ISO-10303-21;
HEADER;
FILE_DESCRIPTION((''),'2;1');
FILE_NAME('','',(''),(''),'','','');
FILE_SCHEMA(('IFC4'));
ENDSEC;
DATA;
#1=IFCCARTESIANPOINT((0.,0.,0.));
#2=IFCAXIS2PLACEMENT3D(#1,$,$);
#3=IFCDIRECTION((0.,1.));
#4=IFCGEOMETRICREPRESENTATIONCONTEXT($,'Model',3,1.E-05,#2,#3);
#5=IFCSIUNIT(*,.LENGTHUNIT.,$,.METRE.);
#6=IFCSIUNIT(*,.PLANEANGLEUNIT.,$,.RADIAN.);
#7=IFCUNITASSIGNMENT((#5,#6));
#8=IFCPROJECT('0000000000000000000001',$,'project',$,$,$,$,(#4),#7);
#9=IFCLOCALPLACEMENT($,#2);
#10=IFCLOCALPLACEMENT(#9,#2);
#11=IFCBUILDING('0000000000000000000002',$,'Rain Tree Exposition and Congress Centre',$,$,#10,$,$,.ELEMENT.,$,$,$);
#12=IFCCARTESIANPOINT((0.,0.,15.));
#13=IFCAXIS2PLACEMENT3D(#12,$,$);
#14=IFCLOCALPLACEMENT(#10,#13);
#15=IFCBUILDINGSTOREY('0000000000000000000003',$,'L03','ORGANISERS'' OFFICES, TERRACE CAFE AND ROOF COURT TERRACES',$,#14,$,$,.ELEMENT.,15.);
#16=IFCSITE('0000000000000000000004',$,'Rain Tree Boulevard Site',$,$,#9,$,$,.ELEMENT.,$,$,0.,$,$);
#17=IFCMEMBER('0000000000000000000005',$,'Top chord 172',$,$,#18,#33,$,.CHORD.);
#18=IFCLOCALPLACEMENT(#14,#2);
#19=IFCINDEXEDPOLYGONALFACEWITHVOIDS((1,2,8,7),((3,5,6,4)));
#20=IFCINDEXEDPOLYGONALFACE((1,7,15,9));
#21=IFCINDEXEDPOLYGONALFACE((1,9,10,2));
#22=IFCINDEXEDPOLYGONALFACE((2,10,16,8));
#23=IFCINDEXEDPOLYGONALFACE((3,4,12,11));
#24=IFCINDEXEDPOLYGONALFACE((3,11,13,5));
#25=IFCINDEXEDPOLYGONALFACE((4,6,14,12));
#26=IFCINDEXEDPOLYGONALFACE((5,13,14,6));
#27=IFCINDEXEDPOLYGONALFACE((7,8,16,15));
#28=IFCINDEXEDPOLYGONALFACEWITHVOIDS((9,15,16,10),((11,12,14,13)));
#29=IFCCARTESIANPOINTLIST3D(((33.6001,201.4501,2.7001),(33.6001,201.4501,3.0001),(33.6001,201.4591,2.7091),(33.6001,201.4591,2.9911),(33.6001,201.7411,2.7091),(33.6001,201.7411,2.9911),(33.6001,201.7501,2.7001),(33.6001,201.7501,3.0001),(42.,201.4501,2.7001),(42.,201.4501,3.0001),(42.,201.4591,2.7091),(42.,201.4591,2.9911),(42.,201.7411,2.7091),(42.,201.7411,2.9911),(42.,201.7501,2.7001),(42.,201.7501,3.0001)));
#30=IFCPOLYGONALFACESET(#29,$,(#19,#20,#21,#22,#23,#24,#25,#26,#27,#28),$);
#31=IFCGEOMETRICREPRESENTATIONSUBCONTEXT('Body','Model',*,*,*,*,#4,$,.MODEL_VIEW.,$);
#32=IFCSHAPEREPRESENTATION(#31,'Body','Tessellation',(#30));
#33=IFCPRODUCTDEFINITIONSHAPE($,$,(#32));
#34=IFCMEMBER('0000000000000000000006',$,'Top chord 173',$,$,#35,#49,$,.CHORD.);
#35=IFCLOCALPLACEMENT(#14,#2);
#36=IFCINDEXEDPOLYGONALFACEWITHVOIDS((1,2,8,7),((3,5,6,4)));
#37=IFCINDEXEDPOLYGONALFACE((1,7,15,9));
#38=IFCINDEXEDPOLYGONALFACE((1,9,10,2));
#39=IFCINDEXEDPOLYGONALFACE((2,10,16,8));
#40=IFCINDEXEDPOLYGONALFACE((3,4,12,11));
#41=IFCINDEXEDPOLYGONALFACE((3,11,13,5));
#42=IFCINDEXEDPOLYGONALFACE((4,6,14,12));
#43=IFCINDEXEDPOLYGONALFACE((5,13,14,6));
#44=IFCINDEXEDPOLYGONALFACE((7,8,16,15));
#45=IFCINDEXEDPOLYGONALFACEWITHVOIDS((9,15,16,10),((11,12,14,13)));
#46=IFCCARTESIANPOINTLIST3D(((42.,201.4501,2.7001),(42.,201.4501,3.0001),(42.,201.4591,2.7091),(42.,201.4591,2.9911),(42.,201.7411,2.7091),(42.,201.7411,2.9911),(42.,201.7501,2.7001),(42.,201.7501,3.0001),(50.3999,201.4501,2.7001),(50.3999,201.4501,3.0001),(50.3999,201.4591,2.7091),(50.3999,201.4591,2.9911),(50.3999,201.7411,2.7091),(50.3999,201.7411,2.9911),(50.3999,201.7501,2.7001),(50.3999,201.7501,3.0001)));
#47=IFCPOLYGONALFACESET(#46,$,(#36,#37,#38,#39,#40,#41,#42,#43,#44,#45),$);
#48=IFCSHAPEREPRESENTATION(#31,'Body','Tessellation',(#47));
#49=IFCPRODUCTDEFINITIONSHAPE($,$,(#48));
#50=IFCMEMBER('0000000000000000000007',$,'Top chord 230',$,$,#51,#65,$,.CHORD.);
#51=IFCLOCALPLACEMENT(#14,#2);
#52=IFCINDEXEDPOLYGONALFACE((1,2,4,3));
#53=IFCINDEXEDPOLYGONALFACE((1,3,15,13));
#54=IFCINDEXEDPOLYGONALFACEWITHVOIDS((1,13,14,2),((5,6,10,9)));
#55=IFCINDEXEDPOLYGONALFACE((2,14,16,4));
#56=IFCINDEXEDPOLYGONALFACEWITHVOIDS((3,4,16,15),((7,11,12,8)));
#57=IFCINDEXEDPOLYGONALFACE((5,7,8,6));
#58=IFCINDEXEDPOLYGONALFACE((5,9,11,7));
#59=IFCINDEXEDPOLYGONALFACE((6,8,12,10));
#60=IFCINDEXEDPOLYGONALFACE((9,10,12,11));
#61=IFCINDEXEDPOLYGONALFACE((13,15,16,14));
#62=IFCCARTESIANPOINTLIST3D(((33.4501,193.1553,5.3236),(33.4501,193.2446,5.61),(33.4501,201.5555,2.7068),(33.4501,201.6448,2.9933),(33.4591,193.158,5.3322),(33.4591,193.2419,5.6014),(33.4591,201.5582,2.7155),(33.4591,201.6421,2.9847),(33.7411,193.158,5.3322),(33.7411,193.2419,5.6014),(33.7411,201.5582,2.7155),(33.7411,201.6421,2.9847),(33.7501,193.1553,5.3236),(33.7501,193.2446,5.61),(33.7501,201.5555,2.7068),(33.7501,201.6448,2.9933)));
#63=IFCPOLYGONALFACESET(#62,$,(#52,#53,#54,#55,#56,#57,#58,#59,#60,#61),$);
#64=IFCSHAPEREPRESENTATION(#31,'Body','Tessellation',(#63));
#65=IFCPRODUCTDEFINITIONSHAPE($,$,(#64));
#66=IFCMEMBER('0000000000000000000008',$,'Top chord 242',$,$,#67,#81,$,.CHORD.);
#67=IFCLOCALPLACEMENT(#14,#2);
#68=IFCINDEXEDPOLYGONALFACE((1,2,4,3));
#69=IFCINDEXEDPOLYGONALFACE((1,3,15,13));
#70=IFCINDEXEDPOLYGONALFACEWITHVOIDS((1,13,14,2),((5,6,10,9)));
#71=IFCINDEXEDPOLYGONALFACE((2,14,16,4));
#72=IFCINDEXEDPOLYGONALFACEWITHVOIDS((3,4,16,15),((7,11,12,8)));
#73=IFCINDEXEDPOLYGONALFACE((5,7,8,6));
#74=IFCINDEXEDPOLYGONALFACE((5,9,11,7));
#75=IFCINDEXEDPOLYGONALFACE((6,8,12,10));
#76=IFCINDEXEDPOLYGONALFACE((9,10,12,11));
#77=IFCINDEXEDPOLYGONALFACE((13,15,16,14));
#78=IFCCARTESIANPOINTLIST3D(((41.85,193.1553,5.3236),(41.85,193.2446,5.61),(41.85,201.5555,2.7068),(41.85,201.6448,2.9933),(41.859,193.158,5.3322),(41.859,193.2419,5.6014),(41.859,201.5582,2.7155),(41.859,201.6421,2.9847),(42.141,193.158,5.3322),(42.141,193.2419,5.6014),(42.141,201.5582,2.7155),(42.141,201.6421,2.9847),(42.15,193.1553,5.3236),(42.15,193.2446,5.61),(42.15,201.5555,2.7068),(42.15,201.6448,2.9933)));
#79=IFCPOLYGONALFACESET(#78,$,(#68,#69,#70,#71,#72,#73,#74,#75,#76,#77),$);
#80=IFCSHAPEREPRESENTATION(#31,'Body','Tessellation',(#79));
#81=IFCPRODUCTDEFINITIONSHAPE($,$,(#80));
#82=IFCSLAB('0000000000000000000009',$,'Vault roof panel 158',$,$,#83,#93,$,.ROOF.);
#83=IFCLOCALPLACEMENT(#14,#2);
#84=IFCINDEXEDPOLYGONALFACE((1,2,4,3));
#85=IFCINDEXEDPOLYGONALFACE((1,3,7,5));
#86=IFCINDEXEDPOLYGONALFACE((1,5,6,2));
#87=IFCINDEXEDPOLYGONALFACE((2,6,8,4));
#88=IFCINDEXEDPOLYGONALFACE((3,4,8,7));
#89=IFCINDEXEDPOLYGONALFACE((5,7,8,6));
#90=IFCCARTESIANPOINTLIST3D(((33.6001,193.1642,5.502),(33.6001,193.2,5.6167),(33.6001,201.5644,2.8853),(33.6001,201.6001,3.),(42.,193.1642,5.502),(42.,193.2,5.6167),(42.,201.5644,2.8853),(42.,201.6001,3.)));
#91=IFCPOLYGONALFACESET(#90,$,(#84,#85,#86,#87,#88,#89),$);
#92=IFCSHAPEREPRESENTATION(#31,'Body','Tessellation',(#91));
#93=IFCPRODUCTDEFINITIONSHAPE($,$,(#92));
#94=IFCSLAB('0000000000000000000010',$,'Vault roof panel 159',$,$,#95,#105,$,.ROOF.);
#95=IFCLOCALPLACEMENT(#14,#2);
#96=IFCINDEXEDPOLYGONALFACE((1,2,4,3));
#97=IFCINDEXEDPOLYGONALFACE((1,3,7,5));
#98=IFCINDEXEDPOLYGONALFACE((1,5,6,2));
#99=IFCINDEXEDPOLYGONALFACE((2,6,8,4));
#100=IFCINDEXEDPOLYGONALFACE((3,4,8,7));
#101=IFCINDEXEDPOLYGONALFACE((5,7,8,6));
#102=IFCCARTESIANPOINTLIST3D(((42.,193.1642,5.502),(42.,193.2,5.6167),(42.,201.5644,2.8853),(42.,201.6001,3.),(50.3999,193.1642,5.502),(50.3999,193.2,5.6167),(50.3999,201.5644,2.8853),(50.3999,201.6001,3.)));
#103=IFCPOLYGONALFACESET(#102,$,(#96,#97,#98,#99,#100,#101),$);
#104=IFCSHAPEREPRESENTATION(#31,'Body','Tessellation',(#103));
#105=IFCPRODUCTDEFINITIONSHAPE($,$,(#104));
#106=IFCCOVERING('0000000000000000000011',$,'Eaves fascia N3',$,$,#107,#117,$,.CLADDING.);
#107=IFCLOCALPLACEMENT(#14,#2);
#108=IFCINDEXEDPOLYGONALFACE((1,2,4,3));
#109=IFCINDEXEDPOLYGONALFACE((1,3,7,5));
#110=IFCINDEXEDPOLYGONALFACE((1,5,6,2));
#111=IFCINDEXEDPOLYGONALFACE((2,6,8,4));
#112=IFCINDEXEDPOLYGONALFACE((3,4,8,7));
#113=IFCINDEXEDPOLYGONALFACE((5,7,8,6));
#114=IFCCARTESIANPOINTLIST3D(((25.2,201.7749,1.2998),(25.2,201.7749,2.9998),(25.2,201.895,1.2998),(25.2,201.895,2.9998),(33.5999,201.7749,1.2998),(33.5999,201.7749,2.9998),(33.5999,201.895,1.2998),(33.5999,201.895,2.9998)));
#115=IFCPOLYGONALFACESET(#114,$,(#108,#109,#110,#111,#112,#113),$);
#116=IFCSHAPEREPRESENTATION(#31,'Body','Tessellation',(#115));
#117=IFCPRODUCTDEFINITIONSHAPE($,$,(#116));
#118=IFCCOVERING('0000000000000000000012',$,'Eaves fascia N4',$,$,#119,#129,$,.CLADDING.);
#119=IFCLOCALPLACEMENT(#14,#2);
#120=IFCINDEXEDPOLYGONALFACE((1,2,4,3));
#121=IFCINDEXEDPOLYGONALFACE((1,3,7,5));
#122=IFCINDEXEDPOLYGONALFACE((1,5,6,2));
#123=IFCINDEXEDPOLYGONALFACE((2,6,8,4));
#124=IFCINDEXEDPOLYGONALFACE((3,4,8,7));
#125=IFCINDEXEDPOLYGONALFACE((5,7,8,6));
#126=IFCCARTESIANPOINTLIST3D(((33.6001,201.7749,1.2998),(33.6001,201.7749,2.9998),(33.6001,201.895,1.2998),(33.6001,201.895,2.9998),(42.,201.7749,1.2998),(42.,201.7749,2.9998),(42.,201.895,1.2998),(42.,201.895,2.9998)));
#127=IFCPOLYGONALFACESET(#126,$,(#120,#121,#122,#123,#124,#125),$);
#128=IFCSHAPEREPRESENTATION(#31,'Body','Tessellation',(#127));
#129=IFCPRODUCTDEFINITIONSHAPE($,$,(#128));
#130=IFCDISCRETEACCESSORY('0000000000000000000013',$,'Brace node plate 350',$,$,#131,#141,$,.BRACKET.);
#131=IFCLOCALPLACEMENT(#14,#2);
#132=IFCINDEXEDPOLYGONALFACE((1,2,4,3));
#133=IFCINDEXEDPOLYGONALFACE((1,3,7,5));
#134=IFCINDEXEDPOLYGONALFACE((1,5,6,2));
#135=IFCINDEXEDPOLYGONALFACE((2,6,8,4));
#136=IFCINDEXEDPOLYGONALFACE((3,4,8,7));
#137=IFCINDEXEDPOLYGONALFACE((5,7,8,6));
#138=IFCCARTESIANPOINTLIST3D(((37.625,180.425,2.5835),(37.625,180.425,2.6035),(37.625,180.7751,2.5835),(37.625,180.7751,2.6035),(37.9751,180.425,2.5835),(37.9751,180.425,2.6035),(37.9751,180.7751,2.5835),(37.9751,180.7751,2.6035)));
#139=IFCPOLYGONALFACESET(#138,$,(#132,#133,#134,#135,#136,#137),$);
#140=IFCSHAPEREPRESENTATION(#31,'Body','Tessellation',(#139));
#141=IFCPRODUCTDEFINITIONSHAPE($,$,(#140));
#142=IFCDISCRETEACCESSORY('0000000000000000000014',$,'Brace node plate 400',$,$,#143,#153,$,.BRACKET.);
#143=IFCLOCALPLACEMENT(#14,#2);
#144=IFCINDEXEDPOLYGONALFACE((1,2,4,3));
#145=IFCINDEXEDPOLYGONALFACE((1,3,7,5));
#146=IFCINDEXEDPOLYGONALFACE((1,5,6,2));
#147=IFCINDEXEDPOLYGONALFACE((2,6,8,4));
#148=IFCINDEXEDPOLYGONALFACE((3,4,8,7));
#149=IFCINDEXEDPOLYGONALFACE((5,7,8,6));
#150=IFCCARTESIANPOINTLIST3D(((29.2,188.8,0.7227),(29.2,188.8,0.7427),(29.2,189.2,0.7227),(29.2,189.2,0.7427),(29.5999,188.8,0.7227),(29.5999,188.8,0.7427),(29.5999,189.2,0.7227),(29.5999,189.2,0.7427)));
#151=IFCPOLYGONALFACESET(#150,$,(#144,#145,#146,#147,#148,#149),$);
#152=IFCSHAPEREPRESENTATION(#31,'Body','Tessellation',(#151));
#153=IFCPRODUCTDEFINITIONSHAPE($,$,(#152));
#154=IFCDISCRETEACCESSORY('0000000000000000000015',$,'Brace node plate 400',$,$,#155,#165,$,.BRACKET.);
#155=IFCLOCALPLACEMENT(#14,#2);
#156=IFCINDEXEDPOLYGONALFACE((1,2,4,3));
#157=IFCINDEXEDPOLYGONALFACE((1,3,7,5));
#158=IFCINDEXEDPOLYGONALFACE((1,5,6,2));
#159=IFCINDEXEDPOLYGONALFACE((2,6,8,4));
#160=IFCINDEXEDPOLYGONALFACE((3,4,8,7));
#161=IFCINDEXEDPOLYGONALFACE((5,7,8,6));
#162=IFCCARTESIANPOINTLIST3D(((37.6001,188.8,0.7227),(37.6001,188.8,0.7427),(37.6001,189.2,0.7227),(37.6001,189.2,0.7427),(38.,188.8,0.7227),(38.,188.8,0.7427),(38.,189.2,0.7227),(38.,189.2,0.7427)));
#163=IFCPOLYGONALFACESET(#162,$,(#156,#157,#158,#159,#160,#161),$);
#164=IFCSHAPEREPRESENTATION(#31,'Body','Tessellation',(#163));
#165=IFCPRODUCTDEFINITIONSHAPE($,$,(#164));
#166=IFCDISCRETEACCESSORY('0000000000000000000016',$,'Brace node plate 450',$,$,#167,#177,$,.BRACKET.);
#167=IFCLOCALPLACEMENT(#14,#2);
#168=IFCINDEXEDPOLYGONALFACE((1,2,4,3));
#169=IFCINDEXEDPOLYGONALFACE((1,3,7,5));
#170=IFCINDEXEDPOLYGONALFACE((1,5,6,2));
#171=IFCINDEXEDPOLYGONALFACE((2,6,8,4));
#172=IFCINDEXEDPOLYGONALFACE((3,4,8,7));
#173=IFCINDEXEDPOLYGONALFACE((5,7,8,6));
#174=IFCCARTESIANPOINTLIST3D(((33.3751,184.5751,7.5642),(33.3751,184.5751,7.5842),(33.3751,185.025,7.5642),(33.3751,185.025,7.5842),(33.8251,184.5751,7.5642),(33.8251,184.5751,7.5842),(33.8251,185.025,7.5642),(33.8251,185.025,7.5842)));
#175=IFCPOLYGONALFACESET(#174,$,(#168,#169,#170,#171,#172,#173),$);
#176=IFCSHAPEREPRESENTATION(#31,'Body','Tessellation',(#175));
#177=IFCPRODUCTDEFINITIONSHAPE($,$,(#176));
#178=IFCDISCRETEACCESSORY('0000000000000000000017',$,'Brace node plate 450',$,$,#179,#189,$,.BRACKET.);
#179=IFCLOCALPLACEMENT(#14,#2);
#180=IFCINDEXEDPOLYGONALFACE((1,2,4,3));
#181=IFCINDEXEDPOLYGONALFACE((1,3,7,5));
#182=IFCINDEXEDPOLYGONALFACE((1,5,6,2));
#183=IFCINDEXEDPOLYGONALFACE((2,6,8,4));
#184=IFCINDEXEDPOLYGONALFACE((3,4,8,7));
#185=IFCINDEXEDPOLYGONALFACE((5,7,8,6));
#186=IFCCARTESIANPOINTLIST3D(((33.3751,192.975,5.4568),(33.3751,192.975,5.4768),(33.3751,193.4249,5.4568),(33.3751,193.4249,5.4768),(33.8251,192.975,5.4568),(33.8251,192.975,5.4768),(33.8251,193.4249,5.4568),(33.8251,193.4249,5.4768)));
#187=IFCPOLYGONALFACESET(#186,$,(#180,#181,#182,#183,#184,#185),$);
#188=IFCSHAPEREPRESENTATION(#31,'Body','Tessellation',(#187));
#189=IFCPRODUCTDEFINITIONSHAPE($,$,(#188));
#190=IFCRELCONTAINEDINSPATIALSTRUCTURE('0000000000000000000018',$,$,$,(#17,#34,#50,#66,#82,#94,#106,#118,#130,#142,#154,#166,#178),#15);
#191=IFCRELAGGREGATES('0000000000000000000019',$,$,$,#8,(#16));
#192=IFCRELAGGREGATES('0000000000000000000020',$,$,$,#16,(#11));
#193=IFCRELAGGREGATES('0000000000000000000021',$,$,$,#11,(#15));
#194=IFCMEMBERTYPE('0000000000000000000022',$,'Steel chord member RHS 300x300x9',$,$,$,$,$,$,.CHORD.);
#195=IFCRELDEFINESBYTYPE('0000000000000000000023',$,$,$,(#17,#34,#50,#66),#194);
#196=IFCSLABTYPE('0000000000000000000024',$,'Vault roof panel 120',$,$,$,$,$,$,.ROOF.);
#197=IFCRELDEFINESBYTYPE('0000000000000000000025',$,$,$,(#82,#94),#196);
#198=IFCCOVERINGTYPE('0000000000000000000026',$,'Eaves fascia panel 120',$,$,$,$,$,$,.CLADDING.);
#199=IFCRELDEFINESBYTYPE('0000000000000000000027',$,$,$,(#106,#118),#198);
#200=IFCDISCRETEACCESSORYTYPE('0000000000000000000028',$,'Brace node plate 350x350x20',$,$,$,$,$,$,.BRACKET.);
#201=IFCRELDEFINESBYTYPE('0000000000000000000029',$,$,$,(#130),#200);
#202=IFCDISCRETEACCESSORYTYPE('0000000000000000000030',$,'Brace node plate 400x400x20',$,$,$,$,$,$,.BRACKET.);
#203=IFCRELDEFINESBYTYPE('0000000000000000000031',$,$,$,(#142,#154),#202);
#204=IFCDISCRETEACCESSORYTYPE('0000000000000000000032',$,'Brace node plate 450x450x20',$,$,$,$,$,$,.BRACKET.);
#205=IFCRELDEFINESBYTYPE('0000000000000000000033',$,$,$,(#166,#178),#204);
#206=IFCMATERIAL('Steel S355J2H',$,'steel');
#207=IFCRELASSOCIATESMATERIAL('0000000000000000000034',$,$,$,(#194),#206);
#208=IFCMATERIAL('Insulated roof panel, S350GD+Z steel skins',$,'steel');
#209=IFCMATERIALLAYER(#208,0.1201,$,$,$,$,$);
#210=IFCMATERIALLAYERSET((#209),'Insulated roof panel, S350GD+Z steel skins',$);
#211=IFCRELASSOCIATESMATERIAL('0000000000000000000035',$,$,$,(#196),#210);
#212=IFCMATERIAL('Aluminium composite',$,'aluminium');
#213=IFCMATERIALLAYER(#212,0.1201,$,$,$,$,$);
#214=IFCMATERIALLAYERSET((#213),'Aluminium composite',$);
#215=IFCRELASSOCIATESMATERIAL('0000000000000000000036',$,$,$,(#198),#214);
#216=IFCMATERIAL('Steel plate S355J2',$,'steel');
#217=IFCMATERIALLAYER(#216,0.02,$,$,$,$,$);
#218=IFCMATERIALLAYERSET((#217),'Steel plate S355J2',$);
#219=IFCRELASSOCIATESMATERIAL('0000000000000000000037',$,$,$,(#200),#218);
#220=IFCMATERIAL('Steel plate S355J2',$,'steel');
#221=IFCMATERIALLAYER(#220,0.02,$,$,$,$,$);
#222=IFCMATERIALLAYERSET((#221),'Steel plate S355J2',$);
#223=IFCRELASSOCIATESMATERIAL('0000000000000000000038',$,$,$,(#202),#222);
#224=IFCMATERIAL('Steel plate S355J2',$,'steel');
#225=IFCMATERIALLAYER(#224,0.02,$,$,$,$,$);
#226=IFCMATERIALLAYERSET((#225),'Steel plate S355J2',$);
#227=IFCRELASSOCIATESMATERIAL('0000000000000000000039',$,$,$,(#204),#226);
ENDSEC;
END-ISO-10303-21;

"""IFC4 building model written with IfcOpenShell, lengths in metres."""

from ifc_helpers import new_model, si_unit, direction, frame, origin, origin_2d, place, context, subcontext, project, spatial, polyline, rectangle, hollow_rectangle, outline, extrude, material, layer, layer_set, material_profile, profile_set, type_object, element, save


model = new_model("IFC4")

# Units and contexts
model_context = context("Model", 3, precision=1e-05, world=origin(), true_north=direction((0.0, 1.0)))
body_context = subcontext(model_context, "Body", "Model", "MODEL_VIEW")
ifc_project = project(units=[si_unit("LENGTHUNIT", "METRE"), si_unit("PLANEANGLEUNIT", "RADIAN")], contexts=[model_context])

# Site, building, storey
site_placement = place(None, origin())
site = spatial("IfcSite", under=ifc_project, at=site_placement, Name="Rain Tree Boulevard Site", CompositionType="ELEMENT", RefElevation=0.0)
building_placement = place(site_placement, origin())
building = spatial("IfcBuilding", under=site, at=building_placement, Name="Rain Tree Exposition and Congress Centre", CompositionType="ELEMENT")
storey_placement = place(building_placement, frame((0.0, 0.0, 15.0)))
storey = spatial("IfcBuildingStorey", under=building, at=storey_placement, Name="L03", Description="ORGANISERS' OFFICES, TERRACE CAFE AND ROOF COURT TERRACES", CompositionType="ELEMENT", Elevation=15.0)

# Members
ifc_material_1 = material(Name="Steel S355J2H", Category="steel")
ifc_material_profile_1 = material_profile(ifc_material_1, hollow_rectangle(XDim=0.3, YDim=0.3, WallThickness=0.009, at=origin_2d()), Name="RHS 300x300x9")
ifc_profile_set_1 = profile_set([ifc_material_profile_1], Name="Steel S355J2H")
member_type_1 = type_object("IfcMemberType", Name="Steel chord member RHS 300x300x9", PredefinedType="CHORD", material=ifc_profile_set_1)
for number, where, z_axis, x_axis, name in (
    (1, (33.6001, 201.6001, 2.8501), (1.0, 0.0, 0.0), (0.0, 1.0, 0.0), "Top chord 172"),
    (2, (42.0, 201.6001, 2.8501), (1.0, 0.0, 0.0), (0.0, 1.0, 0.0), "Top chord 173"),
):
    element("IfcMember", number, at=place(storey_placement, frame(where, z_axis=z_axis, x_axis=x_axis)), inside=storey, type_object=member_type_1, Name=name, PredefinedType="CHORD", context=body_context, shape_type="SweptSolid", body=[
        extrude(hollow_rectangle(XDim=0.3, YDim=0.3, WallThickness=0.009, at=origin_2d()), origin(), (0.0, 0.0, 1.0), 8.3999),
    ])
for number, where, z_axis, x_axis, name in (
    (3, (33.6001, 193.2, 5.4668), (0.0, 0.95475, -0.297411), (-1.0, 0.0, 0.0), "Top chord 230"),
    (4, (42.0, 193.2, 5.4668), (0.0, 0.95475, -0.297411), (-1.0, 0.0, 0.0), "Top chord 242"),
):
    element("IfcMember", number, at=place(storey_placement, frame(where, z_axis=z_axis, x_axis=x_axis)), inside=storey, type_object=member_type_1, Name=name, PredefinedType="CHORD", context=body_context, shape_type="SweptSolid", body=[
        extrude(hollow_rectangle(XDim=0.3, YDim=0.3, WallThickness=0.009, at=origin_2d()), origin(), (0.0, 0.0, 1.0), 8.7983),
    ])

# Slabs
ifc_material_2 = material(Name="Insulated roof panel, S350GD+Z steel skins", Category="steel")
ifc_layer_1 = layer(ifc_material_2, 0.1201)
ifc_layer_set_1 = layer_set([ifc_layer_1], Name="Insulated roof panel, S350GD+Z steel skins")
slab_type = type_object("IfcSlabType", Name="Vault roof panel 120", PredefinedType="ROOF", material=ifc_layer_set_1)
for number, where, z_axis, x_axis, name in (
    (5, (33.6001, 193.2, 5.6167), (0.0, 0.297411, 0.95475), (1.0, 0.0, 0.0), "Vault roof panel 158"),
    (6, (42.0, 193.2, 5.6167), (0.0, 0.297411, 0.95475), (1.0, 0.0, 0.0), "Vault roof panel 159"),
):
    element("IfcSlab", number, at=place(storey_placement, frame(where, z_axis=z_axis, x_axis=x_axis)), inside=storey, type_object=slab_type, Name=name, PredefinedType="ROOF", context=body_context, shape_type="SweptSolid", body=[
        extrude(outline(polyline([(0.0, 0.0), (8.3999, 0.0), (8.3999, 8.7983), (0.0, 8.7983), (0.0, 0.0)])), origin(), (0.0, 0.0, -1.0), 0.1201),
    ])

# Coverings
ifc_material_3 = material(Name="Aluminium composite", Category="aluminium")
ifc_layer_2 = layer(ifc_material_3, 0.1201)
ifc_layer_set_2 = layer_set([ifc_layer_2], Name="Aluminium composite")
covering_type = type_object("IfcCoveringType", Name="Eaves fascia panel 120", PredefinedType="CLADDING", material=ifc_layer_set_2)
for number, where, z_axis, x_axis, name in (
    (7, (29.3999, 201.835, 1.2998), (0.0, 0.0, 1.0), (1.0, 0.0, 0.0), "Eaves fascia N3"),
    (8, (37.8, 201.835, 1.2998), (0.0, 0.0, 1.0), (1.0, 0.0, 0.0), "Eaves fascia N4"),
):
    element("IfcCovering", number, at=place(storey_placement, frame(where, z_axis=z_axis, x_axis=x_axis)), inside=storey, type_object=covering_type, Name=name, PredefinedType="CLADDING", context=body_context, shape_type="SweptSolid", body=[
        extrude(rectangle(XDim=8.3999, YDim=0.1201, at=origin_2d()), origin(), (0.0, 0.0, 1.0), 1.7),
    ])

# Discrete accessories
ifc_material_4 = material(Name="Steel plate S355J2", Category="steel")
ifc_layer_3 = layer(ifc_material_4, 0.02)
ifc_layer_set_3 = layer_set([ifc_layer_3], Name="Steel plate S355J2")
discrete_accessory_type_1 = type_object("IfcDiscreteAccessoryType", Name="Brace node plate 350x350x20", PredefinedType="BRACKET", material=ifc_layer_set_3)
discrete_accessory_1_placement = place(storey_placement, frame((37.8, 180.6001, 2.5835), z_axis=(0.0, 0.0, 1.0), x_axis=(1.0, 0.0, 0.0)))
element("IfcDiscreteAccessory", 9, at=discrete_accessory_1_placement, inside=storey, type_object=discrete_accessory_type_1, Name="Brace node plate 350", PredefinedType="BRACKET", context=body_context, shape_type="SweptSolid", body=[
    extrude(rectangle(XDim=0.3501, YDim=0.3501, at=origin_2d()), origin(), (0.0, 0.0, 1.0), 0.02),
])
ifc_material_5 = material(Name="Steel plate S355J2", Category="steel")
ifc_layer_4 = layer(ifc_material_5, 0.02)
ifc_layer_set_4 = layer_set([ifc_layer_4], Name="Steel plate S355J2")
discrete_accessory_type_2 = type_object("IfcDiscreteAccessoryType", Name="Brace node plate 400x400x20", PredefinedType="BRACKET", material=ifc_layer_set_4)
for number, where, z_axis, x_axis, name in (
    (10, (29.3999, 189.0, 0.7227), (0.0, 0.0, 1.0), (1.0, 0.0, 0.0), "Brace node plate 400"),
    (11, (37.8, 189.0, 0.7227), (0.0, 0.0, 1.0), (1.0, 0.0, 0.0), "Brace node plate 400"),
):
    element("IfcDiscreteAccessory", number, at=place(storey_placement, frame(where, z_axis=z_axis, x_axis=x_axis)), inside=storey, type_object=discrete_accessory_type_2, Name=name, PredefinedType="BRACKET", context=body_context, shape_type="SweptSolid", body=[
        extrude(rectangle(XDim=0.3999, YDim=0.3999, at=origin_2d()), origin(), (0.0, 0.0, 1.0), 0.02),
    ])
ifc_material_6 = material(Name="Steel plate S355J2", Category="steel")
ifc_layer_5 = layer(ifc_material_6, 0.02)
ifc_layer_set_5 = layer_set([ifc_layer_5], Name="Steel plate S355J2")
discrete_accessory_type_3 = type_object("IfcDiscreteAccessoryType", Name="Brace node plate 450x450x20", PredefinedType="BRACKET", material=ifc_layer_set_5)
for number, where, z_axis, x_axis, name in (
    (12, (33.6001, 184.8, 7.5642), (0.0, 0.0, 1.0), (1.0, 0.0, 0.0), "Brace node plate 450"),
    (13, (33.6001, 193.2, 5.4568), (0.0, 0.0, 1.0), (1.0, 0.0, 0.0), "Brace node plate 450"),
):
    element("IfcDiscreteAccessory", number, at=place(storey_placement, frame(where, z_axis=z_axis, x_axis=x_axis)), inside=storey, type_object=discrete_accessory_type_3, Name=name, PredefinedType="BRACKET", context=body_context, shape_type="SweptSolid", body=[
        extrude(rectangle(XDim=0.45, YDim=0.45, at=origin_2d()), origin(), (0.0, 0.0, 1.0), 0.02),
    ])

save(model, "model.ifc")
